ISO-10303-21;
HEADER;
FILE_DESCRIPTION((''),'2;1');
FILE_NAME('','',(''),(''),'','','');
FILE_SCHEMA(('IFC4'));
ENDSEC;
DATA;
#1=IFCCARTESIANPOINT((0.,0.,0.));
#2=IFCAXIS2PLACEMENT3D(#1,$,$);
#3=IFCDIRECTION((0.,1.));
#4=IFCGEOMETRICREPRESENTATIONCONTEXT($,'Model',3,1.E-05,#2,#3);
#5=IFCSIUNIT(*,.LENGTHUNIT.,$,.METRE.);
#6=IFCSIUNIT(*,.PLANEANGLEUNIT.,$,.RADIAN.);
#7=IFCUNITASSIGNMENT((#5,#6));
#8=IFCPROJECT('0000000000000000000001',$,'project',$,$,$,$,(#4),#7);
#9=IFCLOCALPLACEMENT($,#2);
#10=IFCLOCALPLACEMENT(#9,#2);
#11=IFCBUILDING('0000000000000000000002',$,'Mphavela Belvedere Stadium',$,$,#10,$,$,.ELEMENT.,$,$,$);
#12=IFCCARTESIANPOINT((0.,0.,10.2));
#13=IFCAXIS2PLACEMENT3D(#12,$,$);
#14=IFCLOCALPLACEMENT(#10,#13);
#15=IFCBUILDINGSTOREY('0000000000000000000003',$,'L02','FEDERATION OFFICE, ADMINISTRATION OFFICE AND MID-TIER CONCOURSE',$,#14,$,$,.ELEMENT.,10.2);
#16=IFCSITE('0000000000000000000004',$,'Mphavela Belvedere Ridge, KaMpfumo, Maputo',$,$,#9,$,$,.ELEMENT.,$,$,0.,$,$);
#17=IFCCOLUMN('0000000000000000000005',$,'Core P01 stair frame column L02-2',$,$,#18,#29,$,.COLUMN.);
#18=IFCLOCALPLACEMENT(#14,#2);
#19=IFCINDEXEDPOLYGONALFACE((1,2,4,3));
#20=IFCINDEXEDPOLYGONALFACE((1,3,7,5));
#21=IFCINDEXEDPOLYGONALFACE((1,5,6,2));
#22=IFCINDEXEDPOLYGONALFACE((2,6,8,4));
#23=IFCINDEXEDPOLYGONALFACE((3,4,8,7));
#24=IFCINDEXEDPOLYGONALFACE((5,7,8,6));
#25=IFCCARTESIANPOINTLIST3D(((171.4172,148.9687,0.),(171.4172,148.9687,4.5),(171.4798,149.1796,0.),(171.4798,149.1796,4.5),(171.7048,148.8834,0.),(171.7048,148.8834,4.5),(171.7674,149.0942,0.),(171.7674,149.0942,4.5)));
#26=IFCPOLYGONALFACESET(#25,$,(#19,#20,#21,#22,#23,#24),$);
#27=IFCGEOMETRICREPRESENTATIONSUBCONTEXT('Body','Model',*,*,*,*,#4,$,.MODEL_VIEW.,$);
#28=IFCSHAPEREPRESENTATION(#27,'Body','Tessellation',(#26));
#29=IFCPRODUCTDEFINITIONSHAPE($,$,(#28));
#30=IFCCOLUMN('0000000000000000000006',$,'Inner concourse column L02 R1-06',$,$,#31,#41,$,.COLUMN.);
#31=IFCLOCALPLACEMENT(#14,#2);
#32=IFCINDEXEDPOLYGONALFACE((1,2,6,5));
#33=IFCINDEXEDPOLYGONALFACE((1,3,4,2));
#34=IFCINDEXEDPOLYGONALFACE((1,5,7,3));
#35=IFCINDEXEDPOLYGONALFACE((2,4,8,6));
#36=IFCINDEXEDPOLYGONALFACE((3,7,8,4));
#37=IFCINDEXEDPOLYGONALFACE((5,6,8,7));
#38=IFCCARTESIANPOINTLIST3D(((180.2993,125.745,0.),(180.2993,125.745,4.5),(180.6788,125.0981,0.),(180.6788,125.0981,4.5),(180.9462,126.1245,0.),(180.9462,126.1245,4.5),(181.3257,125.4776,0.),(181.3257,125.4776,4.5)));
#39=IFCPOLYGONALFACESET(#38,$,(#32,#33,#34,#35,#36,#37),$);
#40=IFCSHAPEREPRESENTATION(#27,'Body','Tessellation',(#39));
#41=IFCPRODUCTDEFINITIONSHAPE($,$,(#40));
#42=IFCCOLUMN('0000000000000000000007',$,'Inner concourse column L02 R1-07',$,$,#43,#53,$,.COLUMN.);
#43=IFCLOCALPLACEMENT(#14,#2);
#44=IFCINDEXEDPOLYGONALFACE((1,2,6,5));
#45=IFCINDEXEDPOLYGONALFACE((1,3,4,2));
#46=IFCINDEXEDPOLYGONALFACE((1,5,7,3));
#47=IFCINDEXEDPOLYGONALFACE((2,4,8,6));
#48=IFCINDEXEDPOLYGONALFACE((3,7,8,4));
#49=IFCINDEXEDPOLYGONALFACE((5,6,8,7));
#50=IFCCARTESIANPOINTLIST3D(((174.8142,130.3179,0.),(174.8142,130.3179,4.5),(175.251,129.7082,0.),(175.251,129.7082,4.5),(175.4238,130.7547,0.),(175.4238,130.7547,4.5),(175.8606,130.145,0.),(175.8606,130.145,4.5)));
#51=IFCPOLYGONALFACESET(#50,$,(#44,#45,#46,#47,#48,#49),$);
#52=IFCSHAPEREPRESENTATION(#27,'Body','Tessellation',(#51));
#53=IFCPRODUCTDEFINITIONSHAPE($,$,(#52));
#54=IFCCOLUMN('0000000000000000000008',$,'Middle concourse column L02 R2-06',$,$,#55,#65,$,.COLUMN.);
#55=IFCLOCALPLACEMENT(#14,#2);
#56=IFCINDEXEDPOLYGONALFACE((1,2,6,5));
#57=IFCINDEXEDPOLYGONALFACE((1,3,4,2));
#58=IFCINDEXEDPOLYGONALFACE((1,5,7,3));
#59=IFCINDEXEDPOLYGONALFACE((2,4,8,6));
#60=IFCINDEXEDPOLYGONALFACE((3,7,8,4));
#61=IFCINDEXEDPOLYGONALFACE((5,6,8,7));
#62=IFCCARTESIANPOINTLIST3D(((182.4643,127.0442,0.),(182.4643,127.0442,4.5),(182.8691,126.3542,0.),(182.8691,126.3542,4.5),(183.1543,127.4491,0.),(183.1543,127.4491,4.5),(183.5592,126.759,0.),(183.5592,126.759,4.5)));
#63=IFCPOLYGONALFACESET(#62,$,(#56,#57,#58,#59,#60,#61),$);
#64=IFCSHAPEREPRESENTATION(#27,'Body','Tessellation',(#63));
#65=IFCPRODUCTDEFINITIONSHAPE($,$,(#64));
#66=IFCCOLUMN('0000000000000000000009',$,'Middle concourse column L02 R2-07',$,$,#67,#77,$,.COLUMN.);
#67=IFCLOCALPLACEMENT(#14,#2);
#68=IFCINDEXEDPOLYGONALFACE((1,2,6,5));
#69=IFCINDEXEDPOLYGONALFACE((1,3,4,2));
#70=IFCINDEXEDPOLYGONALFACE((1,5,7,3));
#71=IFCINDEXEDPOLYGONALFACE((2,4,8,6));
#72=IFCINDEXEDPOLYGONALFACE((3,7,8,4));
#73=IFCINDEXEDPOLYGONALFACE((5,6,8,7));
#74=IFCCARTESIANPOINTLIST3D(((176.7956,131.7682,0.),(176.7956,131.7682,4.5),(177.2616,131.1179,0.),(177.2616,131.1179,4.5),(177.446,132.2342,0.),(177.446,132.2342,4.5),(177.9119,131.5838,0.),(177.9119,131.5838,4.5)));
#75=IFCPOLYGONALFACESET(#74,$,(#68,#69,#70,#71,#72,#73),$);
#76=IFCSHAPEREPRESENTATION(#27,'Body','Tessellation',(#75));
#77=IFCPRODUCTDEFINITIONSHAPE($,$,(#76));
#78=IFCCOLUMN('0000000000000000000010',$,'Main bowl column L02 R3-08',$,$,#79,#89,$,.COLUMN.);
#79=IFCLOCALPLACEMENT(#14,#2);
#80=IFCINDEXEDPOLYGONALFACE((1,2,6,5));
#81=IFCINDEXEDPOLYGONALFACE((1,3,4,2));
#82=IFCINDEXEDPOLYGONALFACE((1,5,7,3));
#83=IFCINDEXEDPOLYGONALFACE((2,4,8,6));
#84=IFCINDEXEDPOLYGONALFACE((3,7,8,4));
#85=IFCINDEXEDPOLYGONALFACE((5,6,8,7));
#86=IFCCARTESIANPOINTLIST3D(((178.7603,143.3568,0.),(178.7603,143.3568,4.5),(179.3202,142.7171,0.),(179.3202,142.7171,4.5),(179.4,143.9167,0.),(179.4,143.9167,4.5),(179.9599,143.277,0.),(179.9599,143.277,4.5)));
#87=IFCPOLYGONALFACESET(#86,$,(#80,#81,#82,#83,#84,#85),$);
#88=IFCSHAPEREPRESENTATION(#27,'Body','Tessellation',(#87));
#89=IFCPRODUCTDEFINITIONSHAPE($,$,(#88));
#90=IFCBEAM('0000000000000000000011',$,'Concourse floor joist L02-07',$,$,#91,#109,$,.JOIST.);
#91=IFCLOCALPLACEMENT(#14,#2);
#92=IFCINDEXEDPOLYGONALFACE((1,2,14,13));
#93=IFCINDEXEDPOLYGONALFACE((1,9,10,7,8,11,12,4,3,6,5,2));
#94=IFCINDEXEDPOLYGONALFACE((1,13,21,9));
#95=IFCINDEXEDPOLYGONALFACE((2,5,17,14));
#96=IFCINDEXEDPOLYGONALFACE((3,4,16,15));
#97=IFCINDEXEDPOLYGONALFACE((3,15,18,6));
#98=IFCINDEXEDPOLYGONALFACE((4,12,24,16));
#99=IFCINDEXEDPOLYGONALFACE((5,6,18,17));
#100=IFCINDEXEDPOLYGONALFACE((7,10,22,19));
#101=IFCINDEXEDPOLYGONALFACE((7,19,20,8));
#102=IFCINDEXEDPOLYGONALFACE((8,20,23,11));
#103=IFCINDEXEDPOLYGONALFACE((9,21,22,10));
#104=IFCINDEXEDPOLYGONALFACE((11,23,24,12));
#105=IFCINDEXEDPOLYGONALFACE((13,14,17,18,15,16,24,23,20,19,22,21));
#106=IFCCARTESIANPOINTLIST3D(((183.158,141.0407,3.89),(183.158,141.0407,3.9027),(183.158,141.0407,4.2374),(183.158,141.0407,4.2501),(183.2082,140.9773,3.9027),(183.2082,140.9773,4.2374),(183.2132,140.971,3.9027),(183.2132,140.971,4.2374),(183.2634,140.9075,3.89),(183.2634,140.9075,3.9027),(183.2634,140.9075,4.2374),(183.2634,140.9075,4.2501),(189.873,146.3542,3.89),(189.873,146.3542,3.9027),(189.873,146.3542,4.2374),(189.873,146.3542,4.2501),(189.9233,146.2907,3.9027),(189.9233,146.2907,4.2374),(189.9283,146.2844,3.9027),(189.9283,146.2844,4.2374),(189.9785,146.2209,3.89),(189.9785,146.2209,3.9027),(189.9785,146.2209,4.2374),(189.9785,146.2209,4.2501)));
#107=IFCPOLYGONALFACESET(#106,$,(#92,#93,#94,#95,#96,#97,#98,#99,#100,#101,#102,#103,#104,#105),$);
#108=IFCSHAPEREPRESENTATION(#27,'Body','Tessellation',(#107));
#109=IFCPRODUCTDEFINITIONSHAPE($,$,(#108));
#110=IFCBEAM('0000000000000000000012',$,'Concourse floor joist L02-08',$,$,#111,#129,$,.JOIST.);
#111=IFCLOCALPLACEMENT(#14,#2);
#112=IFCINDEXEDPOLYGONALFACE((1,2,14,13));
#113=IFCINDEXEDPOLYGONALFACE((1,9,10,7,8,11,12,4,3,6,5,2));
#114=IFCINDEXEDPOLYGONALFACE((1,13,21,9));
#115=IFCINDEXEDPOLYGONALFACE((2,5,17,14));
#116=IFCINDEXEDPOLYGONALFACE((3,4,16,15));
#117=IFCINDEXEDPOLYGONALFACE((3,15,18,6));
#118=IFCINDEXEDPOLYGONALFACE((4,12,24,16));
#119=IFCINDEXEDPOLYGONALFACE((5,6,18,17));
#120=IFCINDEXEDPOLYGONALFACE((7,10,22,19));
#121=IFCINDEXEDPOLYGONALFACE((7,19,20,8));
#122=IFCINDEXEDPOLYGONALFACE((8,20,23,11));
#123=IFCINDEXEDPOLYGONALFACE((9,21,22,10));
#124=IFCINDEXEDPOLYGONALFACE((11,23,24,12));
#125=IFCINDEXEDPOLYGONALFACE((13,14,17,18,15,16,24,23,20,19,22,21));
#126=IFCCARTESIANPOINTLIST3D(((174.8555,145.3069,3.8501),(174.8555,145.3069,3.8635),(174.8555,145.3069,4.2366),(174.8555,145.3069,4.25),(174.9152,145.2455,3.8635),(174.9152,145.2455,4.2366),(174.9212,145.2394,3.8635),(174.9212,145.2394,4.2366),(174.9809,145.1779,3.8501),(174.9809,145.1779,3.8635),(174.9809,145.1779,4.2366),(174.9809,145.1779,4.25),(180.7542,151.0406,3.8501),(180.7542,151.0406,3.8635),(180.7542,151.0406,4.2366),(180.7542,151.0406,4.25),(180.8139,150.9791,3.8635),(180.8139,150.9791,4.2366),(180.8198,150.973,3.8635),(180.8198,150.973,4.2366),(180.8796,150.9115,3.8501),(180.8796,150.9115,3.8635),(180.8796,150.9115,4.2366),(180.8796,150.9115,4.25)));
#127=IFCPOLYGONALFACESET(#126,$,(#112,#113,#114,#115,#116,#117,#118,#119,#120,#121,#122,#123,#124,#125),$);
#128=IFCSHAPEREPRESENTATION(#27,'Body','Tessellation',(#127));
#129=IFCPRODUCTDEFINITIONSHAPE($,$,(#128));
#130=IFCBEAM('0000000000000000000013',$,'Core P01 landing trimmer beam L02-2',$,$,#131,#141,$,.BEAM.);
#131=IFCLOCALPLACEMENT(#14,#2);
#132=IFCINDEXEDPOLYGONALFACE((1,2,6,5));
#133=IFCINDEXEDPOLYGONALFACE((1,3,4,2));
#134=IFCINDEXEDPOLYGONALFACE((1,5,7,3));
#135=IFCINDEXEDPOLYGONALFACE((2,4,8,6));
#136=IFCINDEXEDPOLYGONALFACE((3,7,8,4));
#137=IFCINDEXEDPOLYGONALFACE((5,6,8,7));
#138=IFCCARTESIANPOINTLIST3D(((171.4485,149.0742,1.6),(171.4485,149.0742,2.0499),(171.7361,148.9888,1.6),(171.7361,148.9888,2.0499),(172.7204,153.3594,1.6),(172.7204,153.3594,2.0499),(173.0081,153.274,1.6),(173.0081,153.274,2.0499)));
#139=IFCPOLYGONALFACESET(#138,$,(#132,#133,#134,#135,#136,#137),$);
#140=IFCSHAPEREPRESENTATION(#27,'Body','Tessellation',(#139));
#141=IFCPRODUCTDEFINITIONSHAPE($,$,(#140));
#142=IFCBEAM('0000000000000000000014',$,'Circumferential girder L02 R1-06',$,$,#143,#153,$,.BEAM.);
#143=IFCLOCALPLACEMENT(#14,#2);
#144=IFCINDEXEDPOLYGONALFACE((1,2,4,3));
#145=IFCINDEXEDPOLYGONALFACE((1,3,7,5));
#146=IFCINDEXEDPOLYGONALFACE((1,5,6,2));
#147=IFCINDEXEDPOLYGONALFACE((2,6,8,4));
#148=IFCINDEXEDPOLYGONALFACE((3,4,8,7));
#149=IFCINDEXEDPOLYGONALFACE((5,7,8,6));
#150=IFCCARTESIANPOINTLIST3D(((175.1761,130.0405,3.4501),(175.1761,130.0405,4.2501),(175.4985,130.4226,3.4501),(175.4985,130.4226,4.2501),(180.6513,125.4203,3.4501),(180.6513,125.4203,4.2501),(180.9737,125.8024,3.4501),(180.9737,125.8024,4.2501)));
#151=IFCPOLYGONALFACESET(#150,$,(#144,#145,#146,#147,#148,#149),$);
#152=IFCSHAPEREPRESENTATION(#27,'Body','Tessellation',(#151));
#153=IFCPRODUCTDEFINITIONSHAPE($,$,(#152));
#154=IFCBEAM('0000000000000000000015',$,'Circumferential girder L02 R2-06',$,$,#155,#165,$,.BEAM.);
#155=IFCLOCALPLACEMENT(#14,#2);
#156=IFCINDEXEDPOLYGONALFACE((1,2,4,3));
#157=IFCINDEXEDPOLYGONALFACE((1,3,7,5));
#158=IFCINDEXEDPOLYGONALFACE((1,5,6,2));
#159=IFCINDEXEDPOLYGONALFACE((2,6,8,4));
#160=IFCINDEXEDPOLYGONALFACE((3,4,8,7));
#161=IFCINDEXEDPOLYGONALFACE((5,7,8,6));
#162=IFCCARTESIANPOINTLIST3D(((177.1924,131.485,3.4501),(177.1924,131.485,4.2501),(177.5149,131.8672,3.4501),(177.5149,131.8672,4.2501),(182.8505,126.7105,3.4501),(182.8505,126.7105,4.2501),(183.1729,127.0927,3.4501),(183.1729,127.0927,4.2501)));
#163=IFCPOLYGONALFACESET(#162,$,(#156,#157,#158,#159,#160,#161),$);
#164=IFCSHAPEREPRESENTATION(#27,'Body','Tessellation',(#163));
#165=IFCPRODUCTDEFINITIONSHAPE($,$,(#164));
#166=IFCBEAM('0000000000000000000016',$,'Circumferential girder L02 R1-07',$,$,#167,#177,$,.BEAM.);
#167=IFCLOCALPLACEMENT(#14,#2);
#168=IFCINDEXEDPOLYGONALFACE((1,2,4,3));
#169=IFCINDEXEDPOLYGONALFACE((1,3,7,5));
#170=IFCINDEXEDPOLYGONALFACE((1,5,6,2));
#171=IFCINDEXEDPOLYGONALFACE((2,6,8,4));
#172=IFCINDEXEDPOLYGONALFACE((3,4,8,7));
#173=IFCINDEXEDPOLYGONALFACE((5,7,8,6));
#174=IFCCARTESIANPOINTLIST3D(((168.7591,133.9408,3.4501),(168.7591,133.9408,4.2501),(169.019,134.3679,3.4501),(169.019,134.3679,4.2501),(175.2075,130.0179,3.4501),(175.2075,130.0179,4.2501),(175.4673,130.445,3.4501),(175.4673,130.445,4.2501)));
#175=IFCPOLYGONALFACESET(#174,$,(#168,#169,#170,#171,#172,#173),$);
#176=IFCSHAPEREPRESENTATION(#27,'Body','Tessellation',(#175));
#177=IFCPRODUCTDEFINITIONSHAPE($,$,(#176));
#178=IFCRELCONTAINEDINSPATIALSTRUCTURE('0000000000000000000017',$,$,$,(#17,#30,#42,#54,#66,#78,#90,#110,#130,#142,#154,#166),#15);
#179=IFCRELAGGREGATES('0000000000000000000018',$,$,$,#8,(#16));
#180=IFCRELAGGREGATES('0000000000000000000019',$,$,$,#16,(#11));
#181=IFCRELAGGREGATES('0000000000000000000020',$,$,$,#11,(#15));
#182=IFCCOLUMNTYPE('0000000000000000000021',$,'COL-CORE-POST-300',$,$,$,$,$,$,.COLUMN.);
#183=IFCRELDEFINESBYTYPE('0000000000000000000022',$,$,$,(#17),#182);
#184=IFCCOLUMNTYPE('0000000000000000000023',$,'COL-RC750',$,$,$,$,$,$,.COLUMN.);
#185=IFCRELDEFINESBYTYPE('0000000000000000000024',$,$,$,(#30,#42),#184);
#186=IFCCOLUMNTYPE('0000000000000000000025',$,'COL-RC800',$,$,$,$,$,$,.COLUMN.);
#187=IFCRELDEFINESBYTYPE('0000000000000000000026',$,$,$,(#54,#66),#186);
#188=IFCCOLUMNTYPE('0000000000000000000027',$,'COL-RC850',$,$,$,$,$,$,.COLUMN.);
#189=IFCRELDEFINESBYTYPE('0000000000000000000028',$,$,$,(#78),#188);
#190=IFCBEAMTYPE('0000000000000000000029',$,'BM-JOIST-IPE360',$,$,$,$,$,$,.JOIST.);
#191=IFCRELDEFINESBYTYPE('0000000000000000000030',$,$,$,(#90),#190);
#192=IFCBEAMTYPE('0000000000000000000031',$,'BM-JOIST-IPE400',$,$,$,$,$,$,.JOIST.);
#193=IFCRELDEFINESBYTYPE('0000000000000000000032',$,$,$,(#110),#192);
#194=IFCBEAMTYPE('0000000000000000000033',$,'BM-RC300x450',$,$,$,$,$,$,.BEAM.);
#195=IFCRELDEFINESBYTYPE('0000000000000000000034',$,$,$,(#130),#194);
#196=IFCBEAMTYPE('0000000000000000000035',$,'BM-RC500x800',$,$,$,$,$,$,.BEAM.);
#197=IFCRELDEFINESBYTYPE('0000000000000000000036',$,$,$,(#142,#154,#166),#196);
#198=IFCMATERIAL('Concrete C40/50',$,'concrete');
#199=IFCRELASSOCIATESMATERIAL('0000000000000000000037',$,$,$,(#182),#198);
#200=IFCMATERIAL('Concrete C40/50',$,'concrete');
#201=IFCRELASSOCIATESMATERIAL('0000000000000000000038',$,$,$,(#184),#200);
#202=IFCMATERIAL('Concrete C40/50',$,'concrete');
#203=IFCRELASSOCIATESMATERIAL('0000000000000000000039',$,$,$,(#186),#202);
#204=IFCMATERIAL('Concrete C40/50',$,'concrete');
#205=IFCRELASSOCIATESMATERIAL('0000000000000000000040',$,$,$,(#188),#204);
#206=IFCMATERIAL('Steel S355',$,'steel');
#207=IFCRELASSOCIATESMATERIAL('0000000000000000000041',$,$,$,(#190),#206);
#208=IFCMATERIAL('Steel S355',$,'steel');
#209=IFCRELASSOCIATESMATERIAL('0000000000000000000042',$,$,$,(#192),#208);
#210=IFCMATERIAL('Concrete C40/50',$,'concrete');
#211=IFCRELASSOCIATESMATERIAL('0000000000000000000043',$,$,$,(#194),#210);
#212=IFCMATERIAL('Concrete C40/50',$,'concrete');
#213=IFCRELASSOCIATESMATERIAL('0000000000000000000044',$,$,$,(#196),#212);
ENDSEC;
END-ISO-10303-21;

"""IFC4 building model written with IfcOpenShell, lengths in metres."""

from ifc_helpers import new_model, si_unit, direction, frame, origin, origin_2d, place, context, subcontext, project, spatial, rectangle, i_section, extrude, material, material_profile, profile_set, type_object, element, save


model = new_model("IFC4")

# Units and contexts
model_context = context("Model", 3, precision=1e-05, world=origin(), true_north=direction((0.0, 1.0)))
body_context = subcontext(model_context, "Body", "Model", "MODEL_VIEW")
ifc_project = project(units=[si_unit("LENGTHUNIT", "METRE"), si_unit("PLANEANGLEUNIT", "RADIAN")], contexts=[model_context])

# Site, building, storey
site_placement = place(None, origin())
site = spatial("IfcSite", under=ifc_project, at=site_placement, Name="Mphavela Belvedere Ridge, KaMpfumo, Maputo", CompositionType="ELEMENT", RefElevation=0.0)
building_placement = place(site_placement, origin())
building = spatial("IfcBuilding", under=site, at=building_placement, Name="Mphavela Belvedere Stadium", CompositionType="ELEMENT")
storey_placement = place(building_placement, frame((0.0, 0.0, 10.2)))
storey = spatial("IfcBuildingStorey", under=building, at=storey_placement, Name="L02", Description="FEDERATION OFFICE, ADMINISTRATION OFFICE AND MID-TIER CONCOURSE", CompositionType="ELEMENT", Elevation=10.2)

# Columns
ifc_material_1 = material(Name="Concrete C40/50", Category="concrete")
ifc_material_profile_1 = material_profile(ifc_material_1, rectangle(XDim=0.3, YDim=0.22, at=origin_2d()), Name="RC 300x220")
ifc_profile_set_1 = profile_set([ifc_material_profile_1], Name="Concrete C40/50")
column_type_1 = type_object("IfcColumnType", Name="COL-CORE-POST-300", PredefinedType="COLUMN", material=ifc_profile_set_1)
column_1_placement = place(storey_placement, frame((171.5923, 149.0315, 0.0), z_axis=(0.0, 0.0, 1.0), x_axis=(0.958671, -0.284517, 0.0)))
element("IfcColumn", 1, at=column_1_placement, inside=storey, type_object=column_type_1, Name="Core P01 stair frame column L02-2", PredefinedType="COLUMN", context=body_context, shape_type="SweptSolid", body=[
    extrude(rectangle(XDim=0.3, YDim=0.22, at=origin_2d()), origin(), (0.0, 0.0, 1.0), 4.5),
])
ifc_material_2 = material(Name="Concrete C40/50", Category="concrete")
ifc_material_profile_2 = material_profile(ifc_material_2, rectangle(XDim=0.75, YDim=0.75, at=origin_2d()), Name="RC 750x750")
ifc_profile_set_2 = profile_set([ifc_material_profile_2], Name="Concrete C40/50")
column_type_2 = type_object("IfcColumnType", Name="COL-RC750", PredefinedType="COLUMN", material=ifc_profile_set_2)
for number, where, z_axis, x_axis, name in (
    (2, (180.8125, 125.6113, 0.0), (0.0, 0.0, 1.0), (0.862514, 0.506034, 0.0), "Inner concourse column L02 R1-06"),
    (3, (175.3374, 130.2314, 0.0), (0.0, 0.0, 1.0), (0.812898, 0.582407, 0.0), "Inner concourse column L02 R1-07"),
):
    element("IfcColumn", number, at=place(storey_placement, frame(where, z_axis=z_axis, x_axis=x_axis)), inside=storey, type_object=column_type_2, Name=name, PredefinedType="COLUMN", context=body_context, shape_type="SweptSolid", body=[
        extrude(rectangle(XDim=0.75, YDim=0.75, at=origin_2d()), origin(), (0.0, 0.0, 1.0), 4.5),
    ])
ifc_material_3 = material(Name="Concrete C40/50", Category="concrete")
ifc_material_profile_3 = material_profile(ifc_material_3, rectangle(XDim=0.8, YDim=0.8, at=origin_2d()), Name="RC 800x800")
ifc_profile_set_3 = profile_set([ifc_material_profile_3], Name="Concrete C40/50")
column_type_3 = type_object("IfcColumnType", Name="COL-RC800", PredefinedType="COLUMN", material=ifc_profile_set_3)
for number, where, z_axis, x_axis, name in (
    (4, (183.0117, 126.9016, 0.0), (0.0, 0.0, 1.0), (0.862514, 0.506034, 0.0), "Middle concourse column L02 R2-06"),
    (5, (177.3538, 131.676, 0.0), (0.0, 0.0, 1.0), (0.812898, 0.582407, 0.0), "Middle concourse column L02 R2-07"),
):
    element("IfcColumn", number, at=place(storey_placement, frame(where, z_axis=z_axis, x_axis=x_axis)), inside=storey, type_object=column_type_3, Name=name, PredefinedType="COLUMN", context=body_context, shape_type="SweptSolid", body=[
        extrude(rectangle(XDim=0.8, YDim=0.8, at=origin_2d()), origin(), (0.0, 0.0, 1.0), 4.5),
    ])
ifc_material_4 = material(Name="Concrete C40/50", Category="concrete")
ifc_material_profile_4 = material_profile(ifc_material_4, rectangle(XDim=0.8501, YDim=0.8501, at=origin_2d()), Name="RC 850x850")
ifc_profile_set_4 = profile_set([ifc_material_profile_4], Name="Concrete C40/50")
column_type_4 = type_object("IfcColumnType", Name="COL-RC850", PredefinedType="COLUMN", material=ifc_profile_set_4)
column_2_placement = place(storey_placement, frame((179.3601, 143.3169, 0.0), z_axis=(0.0, 0.0, 1.0), x_axis=(0.75253, 0.658558, 0.0)))
element("IfcColumn", 6, at=column_2_placement, inside=storey, type_object=column_type_4, Name="Main bowl column L02 R3-08", PredefinedType="COLUMN", context=body_context, shape_type="SweptSolid", body=[
    extrude(rectangle(XDim=0.8501, YDim=0.8501, at=origin_2d()), origin(), (0.0, 0.0, 1.0), 4.5),
])

# Beams
ifc_material_5 = material(Name="Steel S355", Category="steel")
ifc_material_profile_5 = material_profile(ifc_material_5, i_section(OverallWidth=0.1699, OverallDepth=0.3601, WebThickness=0.0081, FlangeThickness=0.0127, at=origin_2d()), Name="IPE 360")
ifc_profile_set_5 = profile_set([ifc_material_profile_5], Name="Steel S355")
beam_type_1 = type_object("IfcBeamType", Name="BM-JOIST-IPE360", PredefinedType="JOIST", material=ifc_profile_set_5)
beam_1_placement = place(storey_placement, frame((183.2107, 140.9741, 4.0701), z_axis=(0.784196, 0.620514, 0.0), x_axis=(-0.620514, 0.784196, 0.0)))
element("IfcBeam", 7, at=beam_1_placement, inside=storey, type_object=beam_type_1, Name="Concourse floor joist L02-07", PredefinedType="JOIST", context=body_context, shape_type="SweptSolid", body=[
    extrude(i_section(OverallWidth=0.1699, OverallDepth=0.3601, WebThickness=0.0081, FlangeThickness=0.0127, at=origin_2d()), origin(), (0.0, 0.0, 1.0), 8.563),
])
ifc_material_6 = material(Name="Steel S355", Category="steel")
ifc_material_profile_6 = material_profile(ifc_material_6, i_section(OverallWidth=0.1799, OverallDepth=0.3999, WebThickness=0.0085, FlangeThickness=0.0134, at=origin_2d()), Name="IPE 400")
ifc_profile_set_6 = profile_set([ifc_material_profile_6], Name="Steel S355")
beam_type_2 = type_object("IfcBeamType", Name="BM-JOIST-IPE400", PredefinedType="JOIST", material=ifc_profile_set_6)
beam_2_placement = place(storey_placement, frame((174.9182, 145.2424, 4.05), z_axis=(0.717067, 0.697004, 0.0), x_axis=(-0.697004, 0.717067, 0.0)))
element("IfcBeam", 8, at=beam_2_placement, inside=storey, type_object=beam_type_2, Name="Concourse floor joist L02-08", PredefinedType="JOIST", context=body_context, shape_type="SweptSolid", body=[
    extrude(i_section(OverallWidth=0.1799, OverallDepth=0.3999, WebThickness=0.0085, FlangeThickness=0.0134, at=origin_2d()), origin(), (0.0, 0.0, 1.0), 8.2261),
])
ifc_material_7 = material(Name="Concrete C40/50", Category="concrete")
ifc_material_profile_7 = material_profile(ifc_material_7, rectangle(XDim=0.3, YDim=0.45, at=origin_2d()), Name="RC 300x450")
ifc_profile_set_7 = profile_set([ifc_material_profile_7], Name="Concrete C40/50")
beam_type_3 = type_object("IfcBeamType", Name="BM-RC300x450", PredefinedType="BEAM", material=ifc_profile_set_7)
beam_3_placement = place(storey_placement, frame((171.5923, 149.0315, 1.825), z_axis=(0.284561, 0.958658, 0.0), x_axis=(-0.958658, 0.284561, 0.0)))
element("IfcBeam", 9, at=beam_3_placement, inside=storey, type_object=beam_type_3, Name="Core P01 landing trimmer beam L02-2", PredefinedType="BEAM", context=body_context, shape_type="SweptSolid", body=[
    extrude(rectangle(XDim=0.3, YDim=0.45, at=origin_2d()), origin(), (0.0, 0.0, 1.0), 4.47),
])
ifc_material_8 = material(Name="Concrete C40/50", Category="concrete")
ifc_material_profile_8 = material_profile(ifc_material_8, rectangle(XDim=0.5, YDim=0.8, at=origin_2d()), Name="RC 500x800")
ifc_profile_set_8 = profile_set([ifc_material_profile_8], Name="Concrete C40/50")
beam_type_4 = type_object("IfcBeamType", Name="BM-RC500x800", PredefinedType="BEAM", material=ifc_profile_set_8)
beam_4_placement = place(storey_placement, frame((180.8125, 125.6113, 3.8501), z_axis=(-0.764257, 0.644912, 0.0), x_axis=(-0.644912, -0.764257, 0.0)))
element("IfcBeam", 10, at=beam_4_placement, inside=storey, type_object=beam_type_4, Name="Circumferential girder L02 R1-06", PredefinedType="BEAM", context=body_context, shape_type="SweptSolid", body=[
    extrude(rectangle(XDim=0.5, YDim=0.8, at=origin_2d()), origin(), (0.0, 0.0, 1.0), 7.1641),
])
beam_5_placement = place(storey_placement, frame((183.0117, 126.9016, 3.8501), z_axis=(-0.764257, 0.644911, 0.0), x_axis=(-0.644911, -0.764257, 0.0)))
element("IfcBeam", 11, at=beam_5_placement, inside=storey, type_object=beam_type_4, Name="Circumferential girder L02 R2-06", PredefinedType="BEAM", context=body_context, shape_type="SweptSolid", body=[
    extrude(rectangle(XDim=0.5, YDim=0.8, at=origin_2d()), origin(), (0.0, 0.0, 1.0), 7.4033),
])
beam_6_placement = place(storey_placement, frame((175.3374, 130.2314, 3.8501), z_axis=(-0.854326, 0.519738, 0.0), x_axis=(-0.519738, -0.854326, 0.0)))
element("IfcBeam", 12, at=beam_6_placement, inside=storey, type_object=beam_type_4, Name="Circumferential girder L02 R1-07", PredefinedType="BEAM", context=body_context, shape_type="SweptSolid", body=[
    extrude(rectangle(XDim=0.5, YDim=0.8, at=origin_2d()), origin(), (0.0, 0.0, 1.0), 7.5479),
])

save(model, "model.ifc")
